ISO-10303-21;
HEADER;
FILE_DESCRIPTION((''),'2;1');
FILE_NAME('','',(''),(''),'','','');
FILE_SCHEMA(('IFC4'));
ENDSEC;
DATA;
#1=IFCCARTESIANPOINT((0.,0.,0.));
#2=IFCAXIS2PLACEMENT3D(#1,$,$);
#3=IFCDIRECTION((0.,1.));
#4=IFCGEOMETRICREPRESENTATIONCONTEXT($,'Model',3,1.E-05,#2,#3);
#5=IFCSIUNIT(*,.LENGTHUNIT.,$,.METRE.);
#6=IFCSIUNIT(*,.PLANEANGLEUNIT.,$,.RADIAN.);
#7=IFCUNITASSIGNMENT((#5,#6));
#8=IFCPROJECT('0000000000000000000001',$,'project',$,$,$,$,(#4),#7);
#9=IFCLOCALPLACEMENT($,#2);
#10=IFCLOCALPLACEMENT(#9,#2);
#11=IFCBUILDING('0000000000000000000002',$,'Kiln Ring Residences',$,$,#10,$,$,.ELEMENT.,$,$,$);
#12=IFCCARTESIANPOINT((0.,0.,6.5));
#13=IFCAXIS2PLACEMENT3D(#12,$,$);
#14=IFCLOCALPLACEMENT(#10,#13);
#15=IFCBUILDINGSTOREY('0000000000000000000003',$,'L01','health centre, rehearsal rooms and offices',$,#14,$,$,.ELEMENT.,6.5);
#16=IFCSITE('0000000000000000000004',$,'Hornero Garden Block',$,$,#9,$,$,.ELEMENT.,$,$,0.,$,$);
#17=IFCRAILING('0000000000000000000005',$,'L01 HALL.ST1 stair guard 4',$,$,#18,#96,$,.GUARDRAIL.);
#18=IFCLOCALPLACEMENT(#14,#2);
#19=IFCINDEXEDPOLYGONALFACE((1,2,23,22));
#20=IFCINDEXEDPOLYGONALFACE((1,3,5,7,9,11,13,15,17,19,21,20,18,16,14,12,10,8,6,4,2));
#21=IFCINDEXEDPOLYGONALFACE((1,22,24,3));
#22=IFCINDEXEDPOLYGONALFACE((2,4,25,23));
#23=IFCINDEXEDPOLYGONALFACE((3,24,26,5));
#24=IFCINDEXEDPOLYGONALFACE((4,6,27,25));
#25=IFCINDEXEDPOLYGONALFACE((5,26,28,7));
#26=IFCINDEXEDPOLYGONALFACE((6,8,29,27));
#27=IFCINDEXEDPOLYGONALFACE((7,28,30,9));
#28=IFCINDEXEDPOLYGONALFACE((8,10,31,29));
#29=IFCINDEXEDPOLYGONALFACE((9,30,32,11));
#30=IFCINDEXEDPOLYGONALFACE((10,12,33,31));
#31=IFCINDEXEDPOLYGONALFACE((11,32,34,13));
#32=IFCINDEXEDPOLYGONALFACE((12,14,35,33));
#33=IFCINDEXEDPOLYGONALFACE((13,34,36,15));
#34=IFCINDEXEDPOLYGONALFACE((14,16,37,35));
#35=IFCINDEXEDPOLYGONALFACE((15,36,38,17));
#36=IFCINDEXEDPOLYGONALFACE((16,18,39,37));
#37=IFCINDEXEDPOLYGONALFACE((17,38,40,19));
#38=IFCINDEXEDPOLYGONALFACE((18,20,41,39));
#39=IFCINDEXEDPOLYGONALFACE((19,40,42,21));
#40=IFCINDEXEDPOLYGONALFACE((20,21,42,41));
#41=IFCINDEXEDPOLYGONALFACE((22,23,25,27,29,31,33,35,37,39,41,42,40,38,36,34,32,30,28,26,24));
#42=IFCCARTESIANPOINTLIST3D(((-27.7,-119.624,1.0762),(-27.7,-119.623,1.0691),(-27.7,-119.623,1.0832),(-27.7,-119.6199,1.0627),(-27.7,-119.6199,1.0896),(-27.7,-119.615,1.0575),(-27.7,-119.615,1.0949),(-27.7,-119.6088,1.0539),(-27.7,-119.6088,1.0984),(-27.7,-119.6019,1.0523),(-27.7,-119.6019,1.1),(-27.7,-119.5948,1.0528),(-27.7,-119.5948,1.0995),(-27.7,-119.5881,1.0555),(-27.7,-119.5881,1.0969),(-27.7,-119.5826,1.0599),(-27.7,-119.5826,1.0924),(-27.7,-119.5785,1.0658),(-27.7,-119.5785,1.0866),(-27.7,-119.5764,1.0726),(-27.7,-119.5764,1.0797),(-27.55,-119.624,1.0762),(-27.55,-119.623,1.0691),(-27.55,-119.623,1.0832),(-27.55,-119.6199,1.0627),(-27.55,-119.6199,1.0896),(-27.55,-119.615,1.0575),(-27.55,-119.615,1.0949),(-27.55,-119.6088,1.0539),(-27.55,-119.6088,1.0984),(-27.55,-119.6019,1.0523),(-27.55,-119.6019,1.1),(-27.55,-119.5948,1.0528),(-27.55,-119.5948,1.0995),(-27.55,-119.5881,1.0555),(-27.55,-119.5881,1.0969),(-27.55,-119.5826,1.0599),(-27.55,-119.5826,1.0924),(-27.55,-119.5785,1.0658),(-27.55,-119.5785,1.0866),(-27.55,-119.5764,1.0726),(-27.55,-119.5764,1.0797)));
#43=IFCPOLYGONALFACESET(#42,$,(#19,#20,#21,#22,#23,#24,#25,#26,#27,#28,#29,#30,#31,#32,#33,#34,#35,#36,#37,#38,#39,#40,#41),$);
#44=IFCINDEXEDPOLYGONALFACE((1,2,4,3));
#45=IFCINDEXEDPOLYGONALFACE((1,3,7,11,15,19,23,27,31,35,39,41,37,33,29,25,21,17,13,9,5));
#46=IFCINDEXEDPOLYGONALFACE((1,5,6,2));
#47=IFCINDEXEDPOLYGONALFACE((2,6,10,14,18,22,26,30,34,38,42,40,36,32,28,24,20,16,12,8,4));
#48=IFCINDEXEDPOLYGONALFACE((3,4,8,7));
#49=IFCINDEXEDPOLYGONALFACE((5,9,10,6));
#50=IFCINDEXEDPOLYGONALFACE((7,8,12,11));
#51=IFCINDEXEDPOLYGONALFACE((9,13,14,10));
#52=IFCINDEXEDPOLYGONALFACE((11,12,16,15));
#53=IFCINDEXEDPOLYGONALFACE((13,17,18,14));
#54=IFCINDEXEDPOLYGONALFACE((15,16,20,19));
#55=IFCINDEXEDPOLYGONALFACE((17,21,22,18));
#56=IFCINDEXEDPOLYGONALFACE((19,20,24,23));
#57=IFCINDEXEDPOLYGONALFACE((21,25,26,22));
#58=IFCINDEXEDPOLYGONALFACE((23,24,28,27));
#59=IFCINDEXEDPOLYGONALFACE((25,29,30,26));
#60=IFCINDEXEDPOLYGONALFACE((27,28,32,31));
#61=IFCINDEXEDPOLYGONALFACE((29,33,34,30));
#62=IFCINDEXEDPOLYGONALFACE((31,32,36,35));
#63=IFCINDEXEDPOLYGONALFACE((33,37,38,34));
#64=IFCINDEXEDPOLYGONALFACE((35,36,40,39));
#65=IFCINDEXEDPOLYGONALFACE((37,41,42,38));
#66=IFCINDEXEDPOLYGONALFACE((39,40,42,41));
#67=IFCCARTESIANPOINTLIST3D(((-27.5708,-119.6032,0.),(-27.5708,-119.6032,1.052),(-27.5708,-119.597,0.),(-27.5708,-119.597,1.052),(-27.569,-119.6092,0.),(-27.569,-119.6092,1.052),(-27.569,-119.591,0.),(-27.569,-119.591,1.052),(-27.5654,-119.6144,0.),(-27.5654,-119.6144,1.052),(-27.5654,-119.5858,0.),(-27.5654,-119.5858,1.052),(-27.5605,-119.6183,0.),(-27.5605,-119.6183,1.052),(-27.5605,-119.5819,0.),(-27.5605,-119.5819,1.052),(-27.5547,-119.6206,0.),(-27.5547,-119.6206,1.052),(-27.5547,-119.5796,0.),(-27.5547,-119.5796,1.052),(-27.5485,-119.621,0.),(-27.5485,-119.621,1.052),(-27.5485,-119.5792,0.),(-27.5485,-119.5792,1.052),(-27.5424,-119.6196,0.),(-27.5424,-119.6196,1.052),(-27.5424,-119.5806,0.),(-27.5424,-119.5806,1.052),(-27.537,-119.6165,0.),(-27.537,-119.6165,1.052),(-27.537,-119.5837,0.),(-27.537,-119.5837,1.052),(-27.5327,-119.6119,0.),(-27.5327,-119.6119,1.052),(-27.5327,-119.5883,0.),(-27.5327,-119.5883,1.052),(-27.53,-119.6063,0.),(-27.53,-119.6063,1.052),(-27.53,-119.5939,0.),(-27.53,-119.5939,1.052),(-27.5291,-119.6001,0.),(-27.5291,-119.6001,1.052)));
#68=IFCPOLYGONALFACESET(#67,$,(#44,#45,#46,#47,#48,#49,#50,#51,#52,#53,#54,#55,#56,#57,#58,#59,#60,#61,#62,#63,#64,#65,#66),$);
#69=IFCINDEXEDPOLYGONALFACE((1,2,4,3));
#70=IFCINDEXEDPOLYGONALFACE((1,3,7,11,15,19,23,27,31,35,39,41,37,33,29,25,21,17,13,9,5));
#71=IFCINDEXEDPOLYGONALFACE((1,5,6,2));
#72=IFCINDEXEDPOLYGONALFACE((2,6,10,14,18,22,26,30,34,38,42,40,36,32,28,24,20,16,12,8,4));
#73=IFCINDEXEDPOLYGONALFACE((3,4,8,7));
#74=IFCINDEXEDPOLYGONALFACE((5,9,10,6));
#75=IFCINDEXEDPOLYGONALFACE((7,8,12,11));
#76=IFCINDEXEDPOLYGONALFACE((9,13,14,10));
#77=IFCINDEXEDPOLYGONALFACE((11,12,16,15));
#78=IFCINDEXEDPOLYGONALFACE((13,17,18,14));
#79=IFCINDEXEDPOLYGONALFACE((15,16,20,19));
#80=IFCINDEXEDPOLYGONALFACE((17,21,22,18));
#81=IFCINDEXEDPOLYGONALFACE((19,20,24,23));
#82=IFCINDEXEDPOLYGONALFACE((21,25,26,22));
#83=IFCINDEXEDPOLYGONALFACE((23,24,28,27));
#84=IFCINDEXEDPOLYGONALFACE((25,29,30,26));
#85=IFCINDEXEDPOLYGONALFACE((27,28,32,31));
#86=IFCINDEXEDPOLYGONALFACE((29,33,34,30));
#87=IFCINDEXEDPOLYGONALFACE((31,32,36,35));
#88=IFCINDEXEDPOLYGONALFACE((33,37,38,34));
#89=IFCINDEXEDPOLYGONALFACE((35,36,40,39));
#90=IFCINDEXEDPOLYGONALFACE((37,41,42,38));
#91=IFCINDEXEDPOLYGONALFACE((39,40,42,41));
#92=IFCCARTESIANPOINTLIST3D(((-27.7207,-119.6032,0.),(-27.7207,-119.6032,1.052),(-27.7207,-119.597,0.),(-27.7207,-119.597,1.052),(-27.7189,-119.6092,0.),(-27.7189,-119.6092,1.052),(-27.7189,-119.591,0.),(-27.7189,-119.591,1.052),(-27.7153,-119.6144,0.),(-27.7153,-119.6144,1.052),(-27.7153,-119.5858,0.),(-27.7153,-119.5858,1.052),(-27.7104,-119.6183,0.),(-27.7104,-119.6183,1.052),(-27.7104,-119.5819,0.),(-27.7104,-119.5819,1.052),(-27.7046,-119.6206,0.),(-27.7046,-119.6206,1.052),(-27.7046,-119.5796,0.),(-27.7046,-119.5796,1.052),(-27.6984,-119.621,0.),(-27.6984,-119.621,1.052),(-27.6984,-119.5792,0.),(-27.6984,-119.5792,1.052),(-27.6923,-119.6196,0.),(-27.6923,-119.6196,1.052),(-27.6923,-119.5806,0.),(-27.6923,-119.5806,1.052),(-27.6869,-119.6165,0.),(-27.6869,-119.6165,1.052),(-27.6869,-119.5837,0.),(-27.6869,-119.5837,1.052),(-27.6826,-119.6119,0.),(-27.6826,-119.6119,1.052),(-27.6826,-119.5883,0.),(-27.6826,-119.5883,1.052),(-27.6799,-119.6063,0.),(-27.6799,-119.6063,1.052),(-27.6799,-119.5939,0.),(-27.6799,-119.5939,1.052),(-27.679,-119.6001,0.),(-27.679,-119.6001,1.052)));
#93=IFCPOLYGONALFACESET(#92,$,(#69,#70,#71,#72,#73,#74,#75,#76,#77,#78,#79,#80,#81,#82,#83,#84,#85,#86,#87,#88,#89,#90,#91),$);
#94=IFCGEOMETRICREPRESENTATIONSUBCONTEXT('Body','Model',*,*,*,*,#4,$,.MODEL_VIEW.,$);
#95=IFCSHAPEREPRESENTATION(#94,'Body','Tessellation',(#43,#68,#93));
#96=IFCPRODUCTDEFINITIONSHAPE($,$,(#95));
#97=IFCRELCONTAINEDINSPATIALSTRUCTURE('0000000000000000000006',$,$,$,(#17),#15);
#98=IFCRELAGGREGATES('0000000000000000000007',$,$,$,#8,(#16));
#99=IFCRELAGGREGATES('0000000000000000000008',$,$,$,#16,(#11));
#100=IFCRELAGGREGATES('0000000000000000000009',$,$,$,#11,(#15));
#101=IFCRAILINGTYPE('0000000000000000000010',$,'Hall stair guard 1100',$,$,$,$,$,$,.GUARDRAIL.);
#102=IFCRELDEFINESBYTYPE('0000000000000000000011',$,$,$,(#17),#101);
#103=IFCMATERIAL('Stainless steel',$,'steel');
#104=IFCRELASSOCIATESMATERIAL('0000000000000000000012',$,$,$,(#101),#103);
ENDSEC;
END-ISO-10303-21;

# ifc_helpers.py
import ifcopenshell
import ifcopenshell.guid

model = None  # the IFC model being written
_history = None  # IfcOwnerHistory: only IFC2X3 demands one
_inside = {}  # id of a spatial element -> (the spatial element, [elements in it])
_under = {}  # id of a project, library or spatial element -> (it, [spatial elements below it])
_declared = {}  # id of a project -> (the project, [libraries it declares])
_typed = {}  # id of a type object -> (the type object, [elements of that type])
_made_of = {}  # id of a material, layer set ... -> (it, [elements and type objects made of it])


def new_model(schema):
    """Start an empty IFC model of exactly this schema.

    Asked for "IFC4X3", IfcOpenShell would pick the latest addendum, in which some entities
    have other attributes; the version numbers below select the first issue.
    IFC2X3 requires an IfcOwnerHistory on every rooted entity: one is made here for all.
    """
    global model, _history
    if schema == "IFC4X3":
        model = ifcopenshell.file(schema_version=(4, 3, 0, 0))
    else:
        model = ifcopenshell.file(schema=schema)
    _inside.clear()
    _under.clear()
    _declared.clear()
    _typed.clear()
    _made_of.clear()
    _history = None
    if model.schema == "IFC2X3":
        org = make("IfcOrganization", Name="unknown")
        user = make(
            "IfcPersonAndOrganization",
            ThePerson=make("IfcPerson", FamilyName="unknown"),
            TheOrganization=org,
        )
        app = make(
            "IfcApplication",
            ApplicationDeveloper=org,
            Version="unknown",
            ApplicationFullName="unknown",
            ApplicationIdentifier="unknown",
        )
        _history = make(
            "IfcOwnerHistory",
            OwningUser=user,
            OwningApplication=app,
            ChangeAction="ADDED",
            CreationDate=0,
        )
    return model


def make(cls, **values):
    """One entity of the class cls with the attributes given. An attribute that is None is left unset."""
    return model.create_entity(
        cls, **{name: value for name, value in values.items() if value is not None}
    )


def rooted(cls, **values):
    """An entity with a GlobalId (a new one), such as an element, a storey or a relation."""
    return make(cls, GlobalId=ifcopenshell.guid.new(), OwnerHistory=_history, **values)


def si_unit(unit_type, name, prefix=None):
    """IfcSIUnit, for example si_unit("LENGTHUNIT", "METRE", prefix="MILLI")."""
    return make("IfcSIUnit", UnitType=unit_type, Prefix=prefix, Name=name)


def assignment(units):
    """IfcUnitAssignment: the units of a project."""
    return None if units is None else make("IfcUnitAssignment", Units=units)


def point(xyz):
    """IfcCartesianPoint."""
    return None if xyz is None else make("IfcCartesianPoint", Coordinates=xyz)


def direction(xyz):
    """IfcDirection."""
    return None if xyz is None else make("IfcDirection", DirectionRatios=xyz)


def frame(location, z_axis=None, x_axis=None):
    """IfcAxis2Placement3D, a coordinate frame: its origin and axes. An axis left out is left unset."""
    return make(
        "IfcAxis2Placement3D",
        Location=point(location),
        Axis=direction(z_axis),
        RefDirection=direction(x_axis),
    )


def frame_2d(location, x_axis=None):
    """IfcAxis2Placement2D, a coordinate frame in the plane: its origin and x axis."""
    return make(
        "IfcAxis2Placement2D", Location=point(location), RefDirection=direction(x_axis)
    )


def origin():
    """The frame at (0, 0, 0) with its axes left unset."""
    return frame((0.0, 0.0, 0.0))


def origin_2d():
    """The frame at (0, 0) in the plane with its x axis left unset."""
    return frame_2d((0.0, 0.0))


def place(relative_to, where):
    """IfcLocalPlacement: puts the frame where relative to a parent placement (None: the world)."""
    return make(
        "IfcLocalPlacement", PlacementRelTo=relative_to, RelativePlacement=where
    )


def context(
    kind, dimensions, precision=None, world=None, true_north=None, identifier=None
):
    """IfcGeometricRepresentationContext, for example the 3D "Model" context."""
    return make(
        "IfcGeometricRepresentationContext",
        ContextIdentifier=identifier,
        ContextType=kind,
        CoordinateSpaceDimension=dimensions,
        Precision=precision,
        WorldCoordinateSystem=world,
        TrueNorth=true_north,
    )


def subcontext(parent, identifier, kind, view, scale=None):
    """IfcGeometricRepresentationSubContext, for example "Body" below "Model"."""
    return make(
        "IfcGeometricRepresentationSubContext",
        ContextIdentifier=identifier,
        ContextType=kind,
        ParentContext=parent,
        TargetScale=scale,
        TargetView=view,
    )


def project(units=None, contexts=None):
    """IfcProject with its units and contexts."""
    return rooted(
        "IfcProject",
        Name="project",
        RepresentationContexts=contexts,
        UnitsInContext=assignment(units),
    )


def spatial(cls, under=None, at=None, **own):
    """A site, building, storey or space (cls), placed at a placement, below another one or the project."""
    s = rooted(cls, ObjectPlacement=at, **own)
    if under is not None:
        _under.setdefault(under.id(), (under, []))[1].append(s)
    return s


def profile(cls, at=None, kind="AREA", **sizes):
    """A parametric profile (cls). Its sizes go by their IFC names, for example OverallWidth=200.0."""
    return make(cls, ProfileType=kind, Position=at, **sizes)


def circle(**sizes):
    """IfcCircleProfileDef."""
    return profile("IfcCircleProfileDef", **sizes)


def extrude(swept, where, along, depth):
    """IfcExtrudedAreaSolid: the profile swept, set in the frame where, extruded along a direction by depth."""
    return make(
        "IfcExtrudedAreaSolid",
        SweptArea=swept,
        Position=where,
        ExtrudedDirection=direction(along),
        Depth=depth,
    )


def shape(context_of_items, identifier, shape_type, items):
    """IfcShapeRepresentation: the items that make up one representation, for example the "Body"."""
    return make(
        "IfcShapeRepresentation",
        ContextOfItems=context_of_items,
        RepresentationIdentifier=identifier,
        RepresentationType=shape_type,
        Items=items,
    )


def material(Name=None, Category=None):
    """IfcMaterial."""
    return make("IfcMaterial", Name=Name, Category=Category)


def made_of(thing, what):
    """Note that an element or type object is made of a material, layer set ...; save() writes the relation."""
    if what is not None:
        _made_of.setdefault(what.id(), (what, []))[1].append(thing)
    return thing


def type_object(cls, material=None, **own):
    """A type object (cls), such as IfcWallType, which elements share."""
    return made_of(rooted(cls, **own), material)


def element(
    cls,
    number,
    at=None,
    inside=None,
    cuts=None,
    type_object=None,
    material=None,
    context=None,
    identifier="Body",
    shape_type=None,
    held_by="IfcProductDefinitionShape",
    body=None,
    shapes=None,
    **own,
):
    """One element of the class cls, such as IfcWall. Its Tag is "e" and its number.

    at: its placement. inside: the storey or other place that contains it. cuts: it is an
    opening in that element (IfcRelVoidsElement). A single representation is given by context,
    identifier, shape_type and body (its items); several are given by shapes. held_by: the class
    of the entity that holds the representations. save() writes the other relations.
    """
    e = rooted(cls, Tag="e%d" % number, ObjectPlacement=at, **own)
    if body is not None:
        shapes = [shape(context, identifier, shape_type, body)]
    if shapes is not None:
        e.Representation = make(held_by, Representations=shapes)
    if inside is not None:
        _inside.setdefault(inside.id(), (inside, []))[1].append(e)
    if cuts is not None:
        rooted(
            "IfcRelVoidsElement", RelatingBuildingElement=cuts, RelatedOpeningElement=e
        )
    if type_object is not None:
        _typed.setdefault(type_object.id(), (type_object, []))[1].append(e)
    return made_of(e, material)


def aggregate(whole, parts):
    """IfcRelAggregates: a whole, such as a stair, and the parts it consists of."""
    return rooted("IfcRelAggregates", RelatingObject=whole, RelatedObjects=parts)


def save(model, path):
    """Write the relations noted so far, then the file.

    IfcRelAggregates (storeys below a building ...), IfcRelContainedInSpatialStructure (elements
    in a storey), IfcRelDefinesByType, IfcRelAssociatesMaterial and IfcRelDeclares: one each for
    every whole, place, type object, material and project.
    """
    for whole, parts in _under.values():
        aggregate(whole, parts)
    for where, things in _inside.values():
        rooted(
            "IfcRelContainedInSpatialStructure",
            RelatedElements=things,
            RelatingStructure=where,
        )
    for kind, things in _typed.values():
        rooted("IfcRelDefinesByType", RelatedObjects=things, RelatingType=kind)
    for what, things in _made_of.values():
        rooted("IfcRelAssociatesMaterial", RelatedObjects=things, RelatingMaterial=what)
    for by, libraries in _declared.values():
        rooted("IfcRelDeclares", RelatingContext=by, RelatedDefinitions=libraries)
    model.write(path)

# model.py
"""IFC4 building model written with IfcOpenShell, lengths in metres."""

from ifc_helpers import new_model, si_unit, direction, frame, origin, origin_2d, place, context, subcontext, project, spatial, circle, extrude, material, type_object, element, save


model = new_model("IFC4")

# Units and contexts
model_context = context("Model", 3, precision=1e-05, world=origin(), true_north=direction((0.0, 1.0)))
body_context = subcontext(model_context, "Body", "Model", "MODEL_VIEW")
ifc_project = project(units=[si_unit("LENGTHUNIT", "METRE"), si_unit("PLANEANGLEUNIT", "RADIAN")], contexts=[model_context])

# Site, building, storey
site_placement = place(None, origin())
site = spatial("IfcSite", under=ifc_project, at=site_placement, Name="Hornero Garden Block", CompositionType="ELEMENT", RefElevation=0.0)
building_placement = place(site_placement, origin())
building = spatial("IfcBuilding", under=site, at=building_placement, Name="Kiln Ring Residences", CompositionType="ELEMENT")
storey_placement = place(building_placement, frame((0.0, 0.0, 6.5)))
storey = spatial("IfcBuildingStorey", under=building, at=storey_placement, Name="L01", Description="health centre, rehearsal rooms and offices", CompositionType="ELEMENT", Elevation=6.5)

# Railing
ifc_material_1 = material(Name="Stainless steel", Category="steel")
railing_type_1 = type_object("IfcRailingType", Name="Hall stair guard 1100", PredefinedType="GUARDRAIL", material=ifc_material_1)
railing_1_placement = place(storey_placement, frame((-27.55, -119.6001, 0.0)))
element("IfcRailing", 1, at=railing_1_placement, inside=storey, type_object=railing_type_1, Name="L01 HALL.ST1 stair guard 4", PredefinedType="GUARDRAIL", context=body_context, shape_type="SweptSolid", body=[
    extrude(circle(Radius=0.0239, at=origin_2d()), frame((0.0, 0.0, 1.0762), z_axis=(-1.0, 0.0, 0.0), x_axis=(0.0, -1.0, 0.0)), (0.0, 0.0, 1.0), 0.1499),
    extrude(circle(Radius=0.021, at=origin_2d()), origin(), (0.0, 0.0, 1.0), 1.052),
    extrude(circle(Radius=0.021, at=origin_2d()), frame((-0.1499, 0.0, 0.0)), (0.0, 0.0, 1.0), 1.052),
])

save(model, "model.ifc")
